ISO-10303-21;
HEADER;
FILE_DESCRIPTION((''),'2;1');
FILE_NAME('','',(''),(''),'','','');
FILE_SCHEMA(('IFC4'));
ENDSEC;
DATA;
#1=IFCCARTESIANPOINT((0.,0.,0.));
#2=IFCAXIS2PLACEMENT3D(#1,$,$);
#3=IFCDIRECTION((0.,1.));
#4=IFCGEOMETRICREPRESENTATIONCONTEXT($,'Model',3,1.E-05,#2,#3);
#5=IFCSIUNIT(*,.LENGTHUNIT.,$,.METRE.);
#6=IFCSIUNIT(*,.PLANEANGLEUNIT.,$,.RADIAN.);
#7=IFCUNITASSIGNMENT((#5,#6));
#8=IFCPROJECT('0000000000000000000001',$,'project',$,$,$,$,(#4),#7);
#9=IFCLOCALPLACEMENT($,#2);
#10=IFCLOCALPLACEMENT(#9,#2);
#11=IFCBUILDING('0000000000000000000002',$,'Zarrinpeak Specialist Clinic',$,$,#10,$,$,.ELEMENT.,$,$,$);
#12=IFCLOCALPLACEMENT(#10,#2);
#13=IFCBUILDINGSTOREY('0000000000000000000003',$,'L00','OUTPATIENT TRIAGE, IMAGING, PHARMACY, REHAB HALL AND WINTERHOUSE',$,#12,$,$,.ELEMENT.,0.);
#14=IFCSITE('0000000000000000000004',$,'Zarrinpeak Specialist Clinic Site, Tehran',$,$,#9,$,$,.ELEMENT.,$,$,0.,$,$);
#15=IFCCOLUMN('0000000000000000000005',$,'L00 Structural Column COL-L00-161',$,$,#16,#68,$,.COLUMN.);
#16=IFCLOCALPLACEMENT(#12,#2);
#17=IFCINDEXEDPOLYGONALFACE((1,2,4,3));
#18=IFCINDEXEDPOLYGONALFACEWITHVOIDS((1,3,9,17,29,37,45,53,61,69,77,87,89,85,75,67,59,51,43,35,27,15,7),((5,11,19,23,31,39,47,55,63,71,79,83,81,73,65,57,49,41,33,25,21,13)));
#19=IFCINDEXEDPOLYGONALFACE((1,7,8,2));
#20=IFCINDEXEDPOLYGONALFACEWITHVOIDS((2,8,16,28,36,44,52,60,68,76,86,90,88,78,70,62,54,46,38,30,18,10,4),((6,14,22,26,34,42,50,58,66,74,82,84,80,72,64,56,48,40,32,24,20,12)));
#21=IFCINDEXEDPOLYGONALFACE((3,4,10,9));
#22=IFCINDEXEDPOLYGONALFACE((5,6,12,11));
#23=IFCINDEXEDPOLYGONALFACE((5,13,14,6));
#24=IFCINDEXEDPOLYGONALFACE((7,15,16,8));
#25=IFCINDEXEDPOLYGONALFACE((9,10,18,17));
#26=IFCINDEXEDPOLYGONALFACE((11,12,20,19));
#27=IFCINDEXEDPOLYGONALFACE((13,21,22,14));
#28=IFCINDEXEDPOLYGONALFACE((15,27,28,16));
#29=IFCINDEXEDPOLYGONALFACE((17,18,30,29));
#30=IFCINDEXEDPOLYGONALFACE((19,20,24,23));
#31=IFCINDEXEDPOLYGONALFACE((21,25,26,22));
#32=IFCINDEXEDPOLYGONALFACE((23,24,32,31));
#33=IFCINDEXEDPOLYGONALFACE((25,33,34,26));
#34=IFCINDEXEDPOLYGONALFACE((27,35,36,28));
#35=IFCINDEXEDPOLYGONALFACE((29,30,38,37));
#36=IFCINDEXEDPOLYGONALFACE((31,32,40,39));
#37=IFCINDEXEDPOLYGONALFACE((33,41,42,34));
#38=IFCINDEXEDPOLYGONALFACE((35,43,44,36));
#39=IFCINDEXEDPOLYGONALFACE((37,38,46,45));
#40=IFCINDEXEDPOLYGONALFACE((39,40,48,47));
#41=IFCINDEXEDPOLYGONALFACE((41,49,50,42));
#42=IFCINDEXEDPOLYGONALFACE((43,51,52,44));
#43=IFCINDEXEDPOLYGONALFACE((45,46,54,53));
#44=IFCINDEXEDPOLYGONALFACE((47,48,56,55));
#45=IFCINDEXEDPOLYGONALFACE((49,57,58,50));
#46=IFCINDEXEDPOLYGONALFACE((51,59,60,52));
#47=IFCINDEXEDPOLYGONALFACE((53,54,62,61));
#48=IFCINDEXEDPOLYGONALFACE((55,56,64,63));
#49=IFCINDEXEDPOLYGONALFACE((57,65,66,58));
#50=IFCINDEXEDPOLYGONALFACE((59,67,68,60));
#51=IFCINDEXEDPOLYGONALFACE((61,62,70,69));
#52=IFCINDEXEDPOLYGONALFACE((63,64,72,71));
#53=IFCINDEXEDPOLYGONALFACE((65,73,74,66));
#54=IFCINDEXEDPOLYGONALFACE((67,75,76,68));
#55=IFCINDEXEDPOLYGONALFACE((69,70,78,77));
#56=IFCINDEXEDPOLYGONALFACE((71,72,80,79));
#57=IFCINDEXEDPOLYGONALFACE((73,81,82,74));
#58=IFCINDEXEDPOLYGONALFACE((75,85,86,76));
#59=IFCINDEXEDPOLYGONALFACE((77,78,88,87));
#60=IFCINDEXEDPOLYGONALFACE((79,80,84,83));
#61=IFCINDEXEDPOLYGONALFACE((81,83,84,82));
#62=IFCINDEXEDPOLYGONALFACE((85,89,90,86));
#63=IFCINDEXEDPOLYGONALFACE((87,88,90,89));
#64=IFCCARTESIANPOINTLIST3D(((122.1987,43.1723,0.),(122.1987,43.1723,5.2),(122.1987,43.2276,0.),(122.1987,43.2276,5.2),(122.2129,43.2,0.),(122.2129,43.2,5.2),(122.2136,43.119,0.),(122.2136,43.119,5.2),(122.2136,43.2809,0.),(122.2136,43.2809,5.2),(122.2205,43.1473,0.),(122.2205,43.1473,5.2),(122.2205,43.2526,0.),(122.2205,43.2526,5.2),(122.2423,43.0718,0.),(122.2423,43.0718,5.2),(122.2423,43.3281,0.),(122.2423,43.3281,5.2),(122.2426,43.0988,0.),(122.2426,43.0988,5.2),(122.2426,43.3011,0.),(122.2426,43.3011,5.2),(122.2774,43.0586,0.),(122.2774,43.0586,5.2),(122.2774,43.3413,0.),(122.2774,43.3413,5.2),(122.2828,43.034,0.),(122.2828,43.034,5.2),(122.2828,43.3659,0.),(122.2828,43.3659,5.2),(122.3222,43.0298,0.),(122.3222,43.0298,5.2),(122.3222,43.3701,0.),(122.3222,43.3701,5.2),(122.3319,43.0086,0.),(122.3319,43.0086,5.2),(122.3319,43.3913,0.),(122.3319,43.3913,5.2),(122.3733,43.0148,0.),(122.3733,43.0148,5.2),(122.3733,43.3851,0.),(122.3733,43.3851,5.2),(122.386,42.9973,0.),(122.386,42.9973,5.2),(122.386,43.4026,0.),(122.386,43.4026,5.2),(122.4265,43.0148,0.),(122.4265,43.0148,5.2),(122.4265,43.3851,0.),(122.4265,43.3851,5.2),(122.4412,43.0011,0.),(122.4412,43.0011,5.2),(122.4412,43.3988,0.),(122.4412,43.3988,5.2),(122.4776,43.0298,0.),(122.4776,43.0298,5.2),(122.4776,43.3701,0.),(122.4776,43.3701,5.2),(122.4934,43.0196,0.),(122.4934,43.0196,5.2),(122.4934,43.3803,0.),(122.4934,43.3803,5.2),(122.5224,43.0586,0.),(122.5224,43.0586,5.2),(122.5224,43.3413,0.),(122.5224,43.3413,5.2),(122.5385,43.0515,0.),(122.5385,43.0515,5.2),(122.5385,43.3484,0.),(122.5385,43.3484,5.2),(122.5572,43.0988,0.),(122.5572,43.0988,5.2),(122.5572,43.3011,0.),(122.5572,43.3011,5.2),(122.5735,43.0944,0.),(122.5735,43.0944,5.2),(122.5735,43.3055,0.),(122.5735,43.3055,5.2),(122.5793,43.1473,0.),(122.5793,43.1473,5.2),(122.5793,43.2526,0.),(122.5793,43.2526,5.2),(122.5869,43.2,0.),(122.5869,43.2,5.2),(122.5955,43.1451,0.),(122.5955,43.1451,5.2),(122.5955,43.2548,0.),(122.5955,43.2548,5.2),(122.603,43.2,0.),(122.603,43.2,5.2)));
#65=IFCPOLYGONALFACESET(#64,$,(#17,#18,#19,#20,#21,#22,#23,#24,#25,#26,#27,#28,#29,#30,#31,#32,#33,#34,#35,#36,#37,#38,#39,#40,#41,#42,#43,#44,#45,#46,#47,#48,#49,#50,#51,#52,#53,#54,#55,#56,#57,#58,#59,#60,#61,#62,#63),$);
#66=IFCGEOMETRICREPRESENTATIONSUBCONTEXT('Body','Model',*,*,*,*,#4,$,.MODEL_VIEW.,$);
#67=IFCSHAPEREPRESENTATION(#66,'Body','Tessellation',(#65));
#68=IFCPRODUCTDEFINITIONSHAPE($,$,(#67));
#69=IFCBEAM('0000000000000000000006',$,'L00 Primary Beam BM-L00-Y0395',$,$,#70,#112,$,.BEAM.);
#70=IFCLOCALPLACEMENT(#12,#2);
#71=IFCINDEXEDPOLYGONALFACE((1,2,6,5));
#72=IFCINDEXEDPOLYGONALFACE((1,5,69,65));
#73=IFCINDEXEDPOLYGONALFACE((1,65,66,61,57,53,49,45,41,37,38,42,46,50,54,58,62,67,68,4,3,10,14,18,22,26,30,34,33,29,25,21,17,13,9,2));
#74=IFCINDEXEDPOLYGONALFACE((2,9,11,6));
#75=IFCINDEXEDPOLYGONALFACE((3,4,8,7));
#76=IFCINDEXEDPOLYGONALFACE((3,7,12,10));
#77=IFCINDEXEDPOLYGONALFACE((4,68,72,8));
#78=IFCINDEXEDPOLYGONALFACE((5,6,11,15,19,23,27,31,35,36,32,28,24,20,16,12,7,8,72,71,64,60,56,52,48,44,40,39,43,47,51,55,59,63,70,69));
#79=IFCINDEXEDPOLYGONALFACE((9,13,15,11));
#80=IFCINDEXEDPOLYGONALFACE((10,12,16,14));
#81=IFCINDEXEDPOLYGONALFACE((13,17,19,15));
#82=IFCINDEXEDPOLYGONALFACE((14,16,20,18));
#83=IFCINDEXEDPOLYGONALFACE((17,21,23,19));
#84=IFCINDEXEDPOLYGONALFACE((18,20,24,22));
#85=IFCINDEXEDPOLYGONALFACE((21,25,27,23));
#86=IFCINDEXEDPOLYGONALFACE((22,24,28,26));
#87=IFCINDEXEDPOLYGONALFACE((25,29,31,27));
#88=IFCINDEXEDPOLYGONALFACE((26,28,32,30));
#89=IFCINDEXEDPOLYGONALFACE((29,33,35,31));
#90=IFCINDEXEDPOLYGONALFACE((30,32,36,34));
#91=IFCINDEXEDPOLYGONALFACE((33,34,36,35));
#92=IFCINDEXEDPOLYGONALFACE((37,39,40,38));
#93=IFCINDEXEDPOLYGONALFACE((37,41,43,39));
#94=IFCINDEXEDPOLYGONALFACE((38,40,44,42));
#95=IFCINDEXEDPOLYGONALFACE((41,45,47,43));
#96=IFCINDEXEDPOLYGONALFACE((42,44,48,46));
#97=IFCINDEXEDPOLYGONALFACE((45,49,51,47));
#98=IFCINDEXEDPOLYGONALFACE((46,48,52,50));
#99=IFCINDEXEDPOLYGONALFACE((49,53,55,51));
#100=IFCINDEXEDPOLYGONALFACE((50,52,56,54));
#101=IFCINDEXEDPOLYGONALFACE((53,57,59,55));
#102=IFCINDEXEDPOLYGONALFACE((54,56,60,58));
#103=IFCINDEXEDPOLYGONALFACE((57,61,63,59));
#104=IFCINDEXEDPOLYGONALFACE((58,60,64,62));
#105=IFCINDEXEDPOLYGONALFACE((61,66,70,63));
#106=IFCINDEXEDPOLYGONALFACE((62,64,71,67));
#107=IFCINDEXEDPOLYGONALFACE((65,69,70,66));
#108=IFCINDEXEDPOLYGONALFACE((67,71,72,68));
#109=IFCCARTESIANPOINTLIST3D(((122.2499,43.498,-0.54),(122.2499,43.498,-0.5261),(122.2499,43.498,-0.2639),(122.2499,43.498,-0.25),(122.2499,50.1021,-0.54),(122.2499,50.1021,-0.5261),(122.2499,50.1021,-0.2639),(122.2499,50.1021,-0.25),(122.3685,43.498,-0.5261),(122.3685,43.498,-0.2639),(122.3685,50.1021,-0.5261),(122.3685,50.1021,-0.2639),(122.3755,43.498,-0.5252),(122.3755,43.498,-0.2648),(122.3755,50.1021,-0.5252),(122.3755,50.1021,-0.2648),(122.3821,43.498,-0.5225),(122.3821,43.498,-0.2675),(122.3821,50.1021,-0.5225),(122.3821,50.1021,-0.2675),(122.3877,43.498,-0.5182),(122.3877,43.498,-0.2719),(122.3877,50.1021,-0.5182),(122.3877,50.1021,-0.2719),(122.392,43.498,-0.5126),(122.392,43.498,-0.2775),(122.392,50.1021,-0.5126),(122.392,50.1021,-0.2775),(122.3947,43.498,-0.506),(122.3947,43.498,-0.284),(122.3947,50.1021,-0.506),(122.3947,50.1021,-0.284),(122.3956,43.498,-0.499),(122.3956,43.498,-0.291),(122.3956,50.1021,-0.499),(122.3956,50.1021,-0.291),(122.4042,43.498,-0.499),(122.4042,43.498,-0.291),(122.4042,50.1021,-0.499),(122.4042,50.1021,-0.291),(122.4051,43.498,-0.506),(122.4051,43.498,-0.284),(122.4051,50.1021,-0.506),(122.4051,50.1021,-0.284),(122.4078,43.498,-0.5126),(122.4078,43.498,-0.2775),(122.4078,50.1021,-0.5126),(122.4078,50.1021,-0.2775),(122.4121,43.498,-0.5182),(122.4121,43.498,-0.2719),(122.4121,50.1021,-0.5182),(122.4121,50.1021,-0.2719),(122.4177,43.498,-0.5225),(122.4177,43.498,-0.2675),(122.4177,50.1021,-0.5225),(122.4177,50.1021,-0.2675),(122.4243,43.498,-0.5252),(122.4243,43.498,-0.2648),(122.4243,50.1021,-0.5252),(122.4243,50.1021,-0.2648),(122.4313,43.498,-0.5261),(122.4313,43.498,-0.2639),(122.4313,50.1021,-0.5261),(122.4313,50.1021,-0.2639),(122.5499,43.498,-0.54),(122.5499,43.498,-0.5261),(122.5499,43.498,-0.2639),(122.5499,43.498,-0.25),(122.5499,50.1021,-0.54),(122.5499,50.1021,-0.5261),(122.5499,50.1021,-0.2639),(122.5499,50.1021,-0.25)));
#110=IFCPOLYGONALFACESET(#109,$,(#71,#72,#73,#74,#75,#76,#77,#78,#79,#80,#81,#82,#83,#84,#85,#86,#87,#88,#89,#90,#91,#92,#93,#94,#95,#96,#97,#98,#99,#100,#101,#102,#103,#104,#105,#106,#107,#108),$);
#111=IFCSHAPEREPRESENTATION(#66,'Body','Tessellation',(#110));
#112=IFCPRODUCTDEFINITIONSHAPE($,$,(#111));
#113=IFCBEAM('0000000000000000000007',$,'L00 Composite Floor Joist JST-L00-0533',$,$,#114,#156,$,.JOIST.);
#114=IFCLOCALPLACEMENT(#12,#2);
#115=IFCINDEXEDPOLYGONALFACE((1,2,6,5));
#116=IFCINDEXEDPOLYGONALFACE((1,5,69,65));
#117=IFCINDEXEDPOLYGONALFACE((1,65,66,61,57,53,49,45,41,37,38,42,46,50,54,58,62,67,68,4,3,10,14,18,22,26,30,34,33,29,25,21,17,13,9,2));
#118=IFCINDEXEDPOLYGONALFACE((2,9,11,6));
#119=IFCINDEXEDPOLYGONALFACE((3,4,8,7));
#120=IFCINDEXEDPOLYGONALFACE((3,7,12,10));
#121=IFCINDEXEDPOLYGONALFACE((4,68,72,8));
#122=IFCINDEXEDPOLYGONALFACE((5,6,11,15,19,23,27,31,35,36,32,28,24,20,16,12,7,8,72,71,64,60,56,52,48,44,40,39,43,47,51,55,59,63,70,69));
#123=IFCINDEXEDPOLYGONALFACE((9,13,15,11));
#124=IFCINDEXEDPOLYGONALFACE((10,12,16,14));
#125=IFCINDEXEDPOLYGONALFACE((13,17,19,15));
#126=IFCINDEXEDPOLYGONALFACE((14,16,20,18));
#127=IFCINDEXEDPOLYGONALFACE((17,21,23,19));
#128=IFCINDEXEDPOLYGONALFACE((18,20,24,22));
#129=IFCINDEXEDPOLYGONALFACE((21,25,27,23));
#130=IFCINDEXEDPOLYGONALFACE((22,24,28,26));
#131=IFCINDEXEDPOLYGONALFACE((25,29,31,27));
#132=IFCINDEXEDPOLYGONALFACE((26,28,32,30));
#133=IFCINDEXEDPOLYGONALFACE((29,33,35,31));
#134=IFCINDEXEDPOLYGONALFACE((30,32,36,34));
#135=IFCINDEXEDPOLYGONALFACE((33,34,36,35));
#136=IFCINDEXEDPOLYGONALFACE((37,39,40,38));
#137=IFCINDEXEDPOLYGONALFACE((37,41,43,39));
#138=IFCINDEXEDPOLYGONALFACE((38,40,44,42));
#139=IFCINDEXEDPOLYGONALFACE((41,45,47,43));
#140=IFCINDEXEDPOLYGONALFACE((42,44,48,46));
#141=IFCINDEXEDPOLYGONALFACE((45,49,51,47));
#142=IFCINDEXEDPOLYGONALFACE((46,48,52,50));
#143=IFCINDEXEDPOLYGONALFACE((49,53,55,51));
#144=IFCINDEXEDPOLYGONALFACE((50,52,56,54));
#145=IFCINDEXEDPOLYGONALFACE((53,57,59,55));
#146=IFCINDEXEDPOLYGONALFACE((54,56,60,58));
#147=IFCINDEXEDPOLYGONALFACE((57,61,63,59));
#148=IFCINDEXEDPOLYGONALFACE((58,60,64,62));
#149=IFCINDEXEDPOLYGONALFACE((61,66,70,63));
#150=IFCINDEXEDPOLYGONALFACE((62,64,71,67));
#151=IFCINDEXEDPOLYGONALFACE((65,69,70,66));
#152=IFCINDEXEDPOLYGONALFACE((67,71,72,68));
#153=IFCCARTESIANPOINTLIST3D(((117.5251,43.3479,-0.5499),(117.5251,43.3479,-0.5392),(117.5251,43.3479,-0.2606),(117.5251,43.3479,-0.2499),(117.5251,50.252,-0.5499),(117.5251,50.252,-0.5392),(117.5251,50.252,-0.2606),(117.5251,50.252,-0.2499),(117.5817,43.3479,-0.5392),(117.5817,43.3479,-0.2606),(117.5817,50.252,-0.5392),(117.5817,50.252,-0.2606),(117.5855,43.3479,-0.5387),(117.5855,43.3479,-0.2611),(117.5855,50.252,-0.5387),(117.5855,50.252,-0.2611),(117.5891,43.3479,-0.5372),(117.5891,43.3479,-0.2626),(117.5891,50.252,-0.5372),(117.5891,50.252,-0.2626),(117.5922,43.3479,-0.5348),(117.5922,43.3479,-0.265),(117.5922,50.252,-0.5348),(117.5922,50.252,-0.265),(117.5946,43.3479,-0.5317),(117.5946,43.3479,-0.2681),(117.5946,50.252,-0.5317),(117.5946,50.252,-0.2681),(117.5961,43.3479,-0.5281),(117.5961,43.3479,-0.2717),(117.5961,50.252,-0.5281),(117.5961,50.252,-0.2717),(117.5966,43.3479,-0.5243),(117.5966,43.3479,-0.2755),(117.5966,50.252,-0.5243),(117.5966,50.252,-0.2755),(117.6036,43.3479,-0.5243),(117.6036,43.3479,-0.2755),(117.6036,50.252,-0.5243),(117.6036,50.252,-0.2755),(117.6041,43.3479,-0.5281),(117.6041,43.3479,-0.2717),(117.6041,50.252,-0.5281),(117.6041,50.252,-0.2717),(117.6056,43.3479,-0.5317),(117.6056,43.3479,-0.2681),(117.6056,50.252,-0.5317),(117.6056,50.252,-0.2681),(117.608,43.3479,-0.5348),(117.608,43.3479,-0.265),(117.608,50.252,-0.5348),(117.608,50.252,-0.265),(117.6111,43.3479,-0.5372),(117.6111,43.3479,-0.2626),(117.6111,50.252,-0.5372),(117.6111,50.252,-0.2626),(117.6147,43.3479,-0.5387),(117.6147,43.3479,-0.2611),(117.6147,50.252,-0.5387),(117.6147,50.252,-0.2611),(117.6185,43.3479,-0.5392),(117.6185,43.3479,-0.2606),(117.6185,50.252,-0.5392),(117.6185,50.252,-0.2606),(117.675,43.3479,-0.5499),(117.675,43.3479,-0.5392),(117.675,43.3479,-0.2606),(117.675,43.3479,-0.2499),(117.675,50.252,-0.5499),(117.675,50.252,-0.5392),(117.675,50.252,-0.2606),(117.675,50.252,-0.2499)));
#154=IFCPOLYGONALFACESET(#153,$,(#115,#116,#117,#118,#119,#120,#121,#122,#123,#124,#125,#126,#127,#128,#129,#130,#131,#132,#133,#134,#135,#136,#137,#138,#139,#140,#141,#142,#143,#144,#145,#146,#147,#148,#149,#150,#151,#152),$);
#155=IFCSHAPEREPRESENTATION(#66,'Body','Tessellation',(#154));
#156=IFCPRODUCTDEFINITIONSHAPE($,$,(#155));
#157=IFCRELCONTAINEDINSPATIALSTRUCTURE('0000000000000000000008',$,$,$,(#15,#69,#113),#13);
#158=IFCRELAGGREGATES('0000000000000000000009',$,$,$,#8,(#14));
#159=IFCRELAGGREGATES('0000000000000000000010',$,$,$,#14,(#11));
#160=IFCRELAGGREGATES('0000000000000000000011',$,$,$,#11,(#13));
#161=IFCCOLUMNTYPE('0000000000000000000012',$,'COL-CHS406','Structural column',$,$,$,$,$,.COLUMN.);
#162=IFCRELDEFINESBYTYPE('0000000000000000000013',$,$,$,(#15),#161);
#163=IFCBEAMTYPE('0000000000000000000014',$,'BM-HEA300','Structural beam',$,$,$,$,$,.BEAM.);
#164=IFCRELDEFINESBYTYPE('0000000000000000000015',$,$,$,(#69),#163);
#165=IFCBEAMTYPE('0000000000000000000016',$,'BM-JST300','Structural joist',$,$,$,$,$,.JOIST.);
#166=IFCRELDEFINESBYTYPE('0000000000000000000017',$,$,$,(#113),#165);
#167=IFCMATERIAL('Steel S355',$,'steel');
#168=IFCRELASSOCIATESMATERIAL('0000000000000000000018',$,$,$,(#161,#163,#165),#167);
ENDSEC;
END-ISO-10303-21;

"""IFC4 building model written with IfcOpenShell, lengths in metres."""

from ifc_helpers import new_model, si_unit, direction, frame, origin, origin_2d, place, context, subcontext, project, spatial, hollow_circle, i_section, extrude, material, material_profile, profile_set, type_object, element, save


model = new_model("IFC4")

# Units and contexts
model_context = context("Model", 3, precision=1e-05, world=origin(), true_north=direction((0.0, 1.0)))
body_context = subcontext(model_context, "Body", "Model", "MODEL_VIEW")
ifc_project = project(units=[si_unit("LENGTHUNIT", "METRE"), si_unit("PLANEANGLEUNIT", "RADIAN")], contexts=[model_context])

# Site, building, storey
site_placement = place(None, origin())
site = spatial("IfcSite", under=ifc_project, at=site_placement, Name="Zarrinpeak Specialist Clinic Site, Tehran", CompositionType="ELEMENT", RefElevation=0.0)
building_placement = place(site_placement, origin())
building = spatial("IfcBuilding", under=site, at=building_placement, Name="Zarrinpeak Specialist Clinic", CompositionType="ELEMENT")
storey_placement = place(building_placement, origin())
storey = spatial("IfcBuildingStorey", under=building, at=storey_placement, Name="L00", Description="OUTPATIENT TRIAGE, IMAGING, PHARMACY, REHAB HALL AND WINTERHOUSE", CompositionType="ELEMENT", Elevation=0.0)

# Column
ifc_material_1 = material(Name="Steel S355", Category="steel")
ifc_material_profile_1 = material_profile(ifc_material_1, hollow_circle(Radius=0.2031, WallThickness=0.0161, at=origin_2d()), Name="CHS 406.4x16.0")
ifc_profile_set_1 = profile_set([ifc_material_profile_1], Name="Steel S355")
column_type = type_object("IfcColumnType", Name="COL-CHS406", Description="Structural column", PredefinedType="COLUMN", material=ifc_profile_set_1)
column_placement = place(storey_placement, frame((122.3999, 43.2, 0.0), z_axis=(0.0, 0.0, 1.0), x_axis=(1.0, 0.0, 0.0)))
element("IfcColumn", 1, at=column_placement, inside=storey, type_object=column_type, Name="L00 Structural Column COL-L00-161", PredefinedType="COLUMN", context=body_context, shape_type="SweptSolid", body=[
    extrude(hollow_circle(Radius=0.2031, WallThickness=0.0161, at=origin_2d()), origin(), (0.0, 0.0, 1.0), 5.2),
])

# Beams
ifc_material_profile_2 = material_profile(ifc_material_1, i_section(OverallWidth=0.3, OverallDepth=0.29, WebThickness=0.0085, FlangeThickness=0.0139, FilletRadius=0.0271, at=origin_2d()), Name="HEA 300")
ifc_profile_set_2 = profile_set([ifc_material_profile_2], Name="Steel S355")
beam_type_1 = type_object("IfcBeamType", Name="BM-HEA300", Description="Structural beam", PredefinedType="BEAM", material=ifc_profile_set_2)
beam_placement = place(storey_placement, frame((122.3999, 43.498, -0.395), z_axis=(0.0, 1.0, 0.0), x_axis=(-1.0, 0.0, 0.0)))
element("IfcBeam", 2, at=beam_placement, inside=storey, type_object=beam_type_1, Name="L00 Primary Beam BM-L00-Y0395", PredefinedType="BEAM", context=body_context, shape_type="SweptSolid", body=[
    extrude(i_section(OverallWidth=0.3, OverallDepth=0.29, WebThickness=0.0085, FlangeThickness=0.0139, FilletRadius=0.0271, at=origin_2d()), origin(), (0.0, 0.0, 1.0), 6.604),
])
ifc_material_profile_3 = material_profile(ifc_material_1, i_section(OverallWidth=0.1499, OverallDepth=0.3, WebThickness=0.0071, FlangeThickness=0.0107, FilletRadius=0.0149, at=origin_2d()), Name="IPE 300")
ifc_profile_set_3 = profile_set([ifc_material_profile_3], Name="Steel S355")
beam_type_2 = type_object("IfcBeamType", Name="BM-JST300", Description="Structural joist", PredefinedType="JOIST", material=ifc_profile_set_3)
for number, where, z_axis, x_axis, name in (
    (3, (117.6001, 43.3479, -0.3999), (0.0, 1.0, 0.0), (-1.0, 0.0, 0.0), "L00 Composite Floor Joist JST-L00-0533"),
):
    element("IfcBeam", number, at=place(storey_placement, frame(where, z_axis=z_axis, x_axis=x_axis)), inside=storey, type_object=beam_type_2, Name=name, PredefinedType="JOIST", context=body_context, shape_type="SweptSolid", body=[
        extrude(i_section(OverallWidth=0.1499, OverallDepth=0.3, WebThickness=0.0071, FlangeThickness=0.0107, FilletRadius=0.0149, at=origin_2d()), origin(), (0.0, 0.0, 1.0), 6.9041),
    ])

save(model, "model.ifc")
